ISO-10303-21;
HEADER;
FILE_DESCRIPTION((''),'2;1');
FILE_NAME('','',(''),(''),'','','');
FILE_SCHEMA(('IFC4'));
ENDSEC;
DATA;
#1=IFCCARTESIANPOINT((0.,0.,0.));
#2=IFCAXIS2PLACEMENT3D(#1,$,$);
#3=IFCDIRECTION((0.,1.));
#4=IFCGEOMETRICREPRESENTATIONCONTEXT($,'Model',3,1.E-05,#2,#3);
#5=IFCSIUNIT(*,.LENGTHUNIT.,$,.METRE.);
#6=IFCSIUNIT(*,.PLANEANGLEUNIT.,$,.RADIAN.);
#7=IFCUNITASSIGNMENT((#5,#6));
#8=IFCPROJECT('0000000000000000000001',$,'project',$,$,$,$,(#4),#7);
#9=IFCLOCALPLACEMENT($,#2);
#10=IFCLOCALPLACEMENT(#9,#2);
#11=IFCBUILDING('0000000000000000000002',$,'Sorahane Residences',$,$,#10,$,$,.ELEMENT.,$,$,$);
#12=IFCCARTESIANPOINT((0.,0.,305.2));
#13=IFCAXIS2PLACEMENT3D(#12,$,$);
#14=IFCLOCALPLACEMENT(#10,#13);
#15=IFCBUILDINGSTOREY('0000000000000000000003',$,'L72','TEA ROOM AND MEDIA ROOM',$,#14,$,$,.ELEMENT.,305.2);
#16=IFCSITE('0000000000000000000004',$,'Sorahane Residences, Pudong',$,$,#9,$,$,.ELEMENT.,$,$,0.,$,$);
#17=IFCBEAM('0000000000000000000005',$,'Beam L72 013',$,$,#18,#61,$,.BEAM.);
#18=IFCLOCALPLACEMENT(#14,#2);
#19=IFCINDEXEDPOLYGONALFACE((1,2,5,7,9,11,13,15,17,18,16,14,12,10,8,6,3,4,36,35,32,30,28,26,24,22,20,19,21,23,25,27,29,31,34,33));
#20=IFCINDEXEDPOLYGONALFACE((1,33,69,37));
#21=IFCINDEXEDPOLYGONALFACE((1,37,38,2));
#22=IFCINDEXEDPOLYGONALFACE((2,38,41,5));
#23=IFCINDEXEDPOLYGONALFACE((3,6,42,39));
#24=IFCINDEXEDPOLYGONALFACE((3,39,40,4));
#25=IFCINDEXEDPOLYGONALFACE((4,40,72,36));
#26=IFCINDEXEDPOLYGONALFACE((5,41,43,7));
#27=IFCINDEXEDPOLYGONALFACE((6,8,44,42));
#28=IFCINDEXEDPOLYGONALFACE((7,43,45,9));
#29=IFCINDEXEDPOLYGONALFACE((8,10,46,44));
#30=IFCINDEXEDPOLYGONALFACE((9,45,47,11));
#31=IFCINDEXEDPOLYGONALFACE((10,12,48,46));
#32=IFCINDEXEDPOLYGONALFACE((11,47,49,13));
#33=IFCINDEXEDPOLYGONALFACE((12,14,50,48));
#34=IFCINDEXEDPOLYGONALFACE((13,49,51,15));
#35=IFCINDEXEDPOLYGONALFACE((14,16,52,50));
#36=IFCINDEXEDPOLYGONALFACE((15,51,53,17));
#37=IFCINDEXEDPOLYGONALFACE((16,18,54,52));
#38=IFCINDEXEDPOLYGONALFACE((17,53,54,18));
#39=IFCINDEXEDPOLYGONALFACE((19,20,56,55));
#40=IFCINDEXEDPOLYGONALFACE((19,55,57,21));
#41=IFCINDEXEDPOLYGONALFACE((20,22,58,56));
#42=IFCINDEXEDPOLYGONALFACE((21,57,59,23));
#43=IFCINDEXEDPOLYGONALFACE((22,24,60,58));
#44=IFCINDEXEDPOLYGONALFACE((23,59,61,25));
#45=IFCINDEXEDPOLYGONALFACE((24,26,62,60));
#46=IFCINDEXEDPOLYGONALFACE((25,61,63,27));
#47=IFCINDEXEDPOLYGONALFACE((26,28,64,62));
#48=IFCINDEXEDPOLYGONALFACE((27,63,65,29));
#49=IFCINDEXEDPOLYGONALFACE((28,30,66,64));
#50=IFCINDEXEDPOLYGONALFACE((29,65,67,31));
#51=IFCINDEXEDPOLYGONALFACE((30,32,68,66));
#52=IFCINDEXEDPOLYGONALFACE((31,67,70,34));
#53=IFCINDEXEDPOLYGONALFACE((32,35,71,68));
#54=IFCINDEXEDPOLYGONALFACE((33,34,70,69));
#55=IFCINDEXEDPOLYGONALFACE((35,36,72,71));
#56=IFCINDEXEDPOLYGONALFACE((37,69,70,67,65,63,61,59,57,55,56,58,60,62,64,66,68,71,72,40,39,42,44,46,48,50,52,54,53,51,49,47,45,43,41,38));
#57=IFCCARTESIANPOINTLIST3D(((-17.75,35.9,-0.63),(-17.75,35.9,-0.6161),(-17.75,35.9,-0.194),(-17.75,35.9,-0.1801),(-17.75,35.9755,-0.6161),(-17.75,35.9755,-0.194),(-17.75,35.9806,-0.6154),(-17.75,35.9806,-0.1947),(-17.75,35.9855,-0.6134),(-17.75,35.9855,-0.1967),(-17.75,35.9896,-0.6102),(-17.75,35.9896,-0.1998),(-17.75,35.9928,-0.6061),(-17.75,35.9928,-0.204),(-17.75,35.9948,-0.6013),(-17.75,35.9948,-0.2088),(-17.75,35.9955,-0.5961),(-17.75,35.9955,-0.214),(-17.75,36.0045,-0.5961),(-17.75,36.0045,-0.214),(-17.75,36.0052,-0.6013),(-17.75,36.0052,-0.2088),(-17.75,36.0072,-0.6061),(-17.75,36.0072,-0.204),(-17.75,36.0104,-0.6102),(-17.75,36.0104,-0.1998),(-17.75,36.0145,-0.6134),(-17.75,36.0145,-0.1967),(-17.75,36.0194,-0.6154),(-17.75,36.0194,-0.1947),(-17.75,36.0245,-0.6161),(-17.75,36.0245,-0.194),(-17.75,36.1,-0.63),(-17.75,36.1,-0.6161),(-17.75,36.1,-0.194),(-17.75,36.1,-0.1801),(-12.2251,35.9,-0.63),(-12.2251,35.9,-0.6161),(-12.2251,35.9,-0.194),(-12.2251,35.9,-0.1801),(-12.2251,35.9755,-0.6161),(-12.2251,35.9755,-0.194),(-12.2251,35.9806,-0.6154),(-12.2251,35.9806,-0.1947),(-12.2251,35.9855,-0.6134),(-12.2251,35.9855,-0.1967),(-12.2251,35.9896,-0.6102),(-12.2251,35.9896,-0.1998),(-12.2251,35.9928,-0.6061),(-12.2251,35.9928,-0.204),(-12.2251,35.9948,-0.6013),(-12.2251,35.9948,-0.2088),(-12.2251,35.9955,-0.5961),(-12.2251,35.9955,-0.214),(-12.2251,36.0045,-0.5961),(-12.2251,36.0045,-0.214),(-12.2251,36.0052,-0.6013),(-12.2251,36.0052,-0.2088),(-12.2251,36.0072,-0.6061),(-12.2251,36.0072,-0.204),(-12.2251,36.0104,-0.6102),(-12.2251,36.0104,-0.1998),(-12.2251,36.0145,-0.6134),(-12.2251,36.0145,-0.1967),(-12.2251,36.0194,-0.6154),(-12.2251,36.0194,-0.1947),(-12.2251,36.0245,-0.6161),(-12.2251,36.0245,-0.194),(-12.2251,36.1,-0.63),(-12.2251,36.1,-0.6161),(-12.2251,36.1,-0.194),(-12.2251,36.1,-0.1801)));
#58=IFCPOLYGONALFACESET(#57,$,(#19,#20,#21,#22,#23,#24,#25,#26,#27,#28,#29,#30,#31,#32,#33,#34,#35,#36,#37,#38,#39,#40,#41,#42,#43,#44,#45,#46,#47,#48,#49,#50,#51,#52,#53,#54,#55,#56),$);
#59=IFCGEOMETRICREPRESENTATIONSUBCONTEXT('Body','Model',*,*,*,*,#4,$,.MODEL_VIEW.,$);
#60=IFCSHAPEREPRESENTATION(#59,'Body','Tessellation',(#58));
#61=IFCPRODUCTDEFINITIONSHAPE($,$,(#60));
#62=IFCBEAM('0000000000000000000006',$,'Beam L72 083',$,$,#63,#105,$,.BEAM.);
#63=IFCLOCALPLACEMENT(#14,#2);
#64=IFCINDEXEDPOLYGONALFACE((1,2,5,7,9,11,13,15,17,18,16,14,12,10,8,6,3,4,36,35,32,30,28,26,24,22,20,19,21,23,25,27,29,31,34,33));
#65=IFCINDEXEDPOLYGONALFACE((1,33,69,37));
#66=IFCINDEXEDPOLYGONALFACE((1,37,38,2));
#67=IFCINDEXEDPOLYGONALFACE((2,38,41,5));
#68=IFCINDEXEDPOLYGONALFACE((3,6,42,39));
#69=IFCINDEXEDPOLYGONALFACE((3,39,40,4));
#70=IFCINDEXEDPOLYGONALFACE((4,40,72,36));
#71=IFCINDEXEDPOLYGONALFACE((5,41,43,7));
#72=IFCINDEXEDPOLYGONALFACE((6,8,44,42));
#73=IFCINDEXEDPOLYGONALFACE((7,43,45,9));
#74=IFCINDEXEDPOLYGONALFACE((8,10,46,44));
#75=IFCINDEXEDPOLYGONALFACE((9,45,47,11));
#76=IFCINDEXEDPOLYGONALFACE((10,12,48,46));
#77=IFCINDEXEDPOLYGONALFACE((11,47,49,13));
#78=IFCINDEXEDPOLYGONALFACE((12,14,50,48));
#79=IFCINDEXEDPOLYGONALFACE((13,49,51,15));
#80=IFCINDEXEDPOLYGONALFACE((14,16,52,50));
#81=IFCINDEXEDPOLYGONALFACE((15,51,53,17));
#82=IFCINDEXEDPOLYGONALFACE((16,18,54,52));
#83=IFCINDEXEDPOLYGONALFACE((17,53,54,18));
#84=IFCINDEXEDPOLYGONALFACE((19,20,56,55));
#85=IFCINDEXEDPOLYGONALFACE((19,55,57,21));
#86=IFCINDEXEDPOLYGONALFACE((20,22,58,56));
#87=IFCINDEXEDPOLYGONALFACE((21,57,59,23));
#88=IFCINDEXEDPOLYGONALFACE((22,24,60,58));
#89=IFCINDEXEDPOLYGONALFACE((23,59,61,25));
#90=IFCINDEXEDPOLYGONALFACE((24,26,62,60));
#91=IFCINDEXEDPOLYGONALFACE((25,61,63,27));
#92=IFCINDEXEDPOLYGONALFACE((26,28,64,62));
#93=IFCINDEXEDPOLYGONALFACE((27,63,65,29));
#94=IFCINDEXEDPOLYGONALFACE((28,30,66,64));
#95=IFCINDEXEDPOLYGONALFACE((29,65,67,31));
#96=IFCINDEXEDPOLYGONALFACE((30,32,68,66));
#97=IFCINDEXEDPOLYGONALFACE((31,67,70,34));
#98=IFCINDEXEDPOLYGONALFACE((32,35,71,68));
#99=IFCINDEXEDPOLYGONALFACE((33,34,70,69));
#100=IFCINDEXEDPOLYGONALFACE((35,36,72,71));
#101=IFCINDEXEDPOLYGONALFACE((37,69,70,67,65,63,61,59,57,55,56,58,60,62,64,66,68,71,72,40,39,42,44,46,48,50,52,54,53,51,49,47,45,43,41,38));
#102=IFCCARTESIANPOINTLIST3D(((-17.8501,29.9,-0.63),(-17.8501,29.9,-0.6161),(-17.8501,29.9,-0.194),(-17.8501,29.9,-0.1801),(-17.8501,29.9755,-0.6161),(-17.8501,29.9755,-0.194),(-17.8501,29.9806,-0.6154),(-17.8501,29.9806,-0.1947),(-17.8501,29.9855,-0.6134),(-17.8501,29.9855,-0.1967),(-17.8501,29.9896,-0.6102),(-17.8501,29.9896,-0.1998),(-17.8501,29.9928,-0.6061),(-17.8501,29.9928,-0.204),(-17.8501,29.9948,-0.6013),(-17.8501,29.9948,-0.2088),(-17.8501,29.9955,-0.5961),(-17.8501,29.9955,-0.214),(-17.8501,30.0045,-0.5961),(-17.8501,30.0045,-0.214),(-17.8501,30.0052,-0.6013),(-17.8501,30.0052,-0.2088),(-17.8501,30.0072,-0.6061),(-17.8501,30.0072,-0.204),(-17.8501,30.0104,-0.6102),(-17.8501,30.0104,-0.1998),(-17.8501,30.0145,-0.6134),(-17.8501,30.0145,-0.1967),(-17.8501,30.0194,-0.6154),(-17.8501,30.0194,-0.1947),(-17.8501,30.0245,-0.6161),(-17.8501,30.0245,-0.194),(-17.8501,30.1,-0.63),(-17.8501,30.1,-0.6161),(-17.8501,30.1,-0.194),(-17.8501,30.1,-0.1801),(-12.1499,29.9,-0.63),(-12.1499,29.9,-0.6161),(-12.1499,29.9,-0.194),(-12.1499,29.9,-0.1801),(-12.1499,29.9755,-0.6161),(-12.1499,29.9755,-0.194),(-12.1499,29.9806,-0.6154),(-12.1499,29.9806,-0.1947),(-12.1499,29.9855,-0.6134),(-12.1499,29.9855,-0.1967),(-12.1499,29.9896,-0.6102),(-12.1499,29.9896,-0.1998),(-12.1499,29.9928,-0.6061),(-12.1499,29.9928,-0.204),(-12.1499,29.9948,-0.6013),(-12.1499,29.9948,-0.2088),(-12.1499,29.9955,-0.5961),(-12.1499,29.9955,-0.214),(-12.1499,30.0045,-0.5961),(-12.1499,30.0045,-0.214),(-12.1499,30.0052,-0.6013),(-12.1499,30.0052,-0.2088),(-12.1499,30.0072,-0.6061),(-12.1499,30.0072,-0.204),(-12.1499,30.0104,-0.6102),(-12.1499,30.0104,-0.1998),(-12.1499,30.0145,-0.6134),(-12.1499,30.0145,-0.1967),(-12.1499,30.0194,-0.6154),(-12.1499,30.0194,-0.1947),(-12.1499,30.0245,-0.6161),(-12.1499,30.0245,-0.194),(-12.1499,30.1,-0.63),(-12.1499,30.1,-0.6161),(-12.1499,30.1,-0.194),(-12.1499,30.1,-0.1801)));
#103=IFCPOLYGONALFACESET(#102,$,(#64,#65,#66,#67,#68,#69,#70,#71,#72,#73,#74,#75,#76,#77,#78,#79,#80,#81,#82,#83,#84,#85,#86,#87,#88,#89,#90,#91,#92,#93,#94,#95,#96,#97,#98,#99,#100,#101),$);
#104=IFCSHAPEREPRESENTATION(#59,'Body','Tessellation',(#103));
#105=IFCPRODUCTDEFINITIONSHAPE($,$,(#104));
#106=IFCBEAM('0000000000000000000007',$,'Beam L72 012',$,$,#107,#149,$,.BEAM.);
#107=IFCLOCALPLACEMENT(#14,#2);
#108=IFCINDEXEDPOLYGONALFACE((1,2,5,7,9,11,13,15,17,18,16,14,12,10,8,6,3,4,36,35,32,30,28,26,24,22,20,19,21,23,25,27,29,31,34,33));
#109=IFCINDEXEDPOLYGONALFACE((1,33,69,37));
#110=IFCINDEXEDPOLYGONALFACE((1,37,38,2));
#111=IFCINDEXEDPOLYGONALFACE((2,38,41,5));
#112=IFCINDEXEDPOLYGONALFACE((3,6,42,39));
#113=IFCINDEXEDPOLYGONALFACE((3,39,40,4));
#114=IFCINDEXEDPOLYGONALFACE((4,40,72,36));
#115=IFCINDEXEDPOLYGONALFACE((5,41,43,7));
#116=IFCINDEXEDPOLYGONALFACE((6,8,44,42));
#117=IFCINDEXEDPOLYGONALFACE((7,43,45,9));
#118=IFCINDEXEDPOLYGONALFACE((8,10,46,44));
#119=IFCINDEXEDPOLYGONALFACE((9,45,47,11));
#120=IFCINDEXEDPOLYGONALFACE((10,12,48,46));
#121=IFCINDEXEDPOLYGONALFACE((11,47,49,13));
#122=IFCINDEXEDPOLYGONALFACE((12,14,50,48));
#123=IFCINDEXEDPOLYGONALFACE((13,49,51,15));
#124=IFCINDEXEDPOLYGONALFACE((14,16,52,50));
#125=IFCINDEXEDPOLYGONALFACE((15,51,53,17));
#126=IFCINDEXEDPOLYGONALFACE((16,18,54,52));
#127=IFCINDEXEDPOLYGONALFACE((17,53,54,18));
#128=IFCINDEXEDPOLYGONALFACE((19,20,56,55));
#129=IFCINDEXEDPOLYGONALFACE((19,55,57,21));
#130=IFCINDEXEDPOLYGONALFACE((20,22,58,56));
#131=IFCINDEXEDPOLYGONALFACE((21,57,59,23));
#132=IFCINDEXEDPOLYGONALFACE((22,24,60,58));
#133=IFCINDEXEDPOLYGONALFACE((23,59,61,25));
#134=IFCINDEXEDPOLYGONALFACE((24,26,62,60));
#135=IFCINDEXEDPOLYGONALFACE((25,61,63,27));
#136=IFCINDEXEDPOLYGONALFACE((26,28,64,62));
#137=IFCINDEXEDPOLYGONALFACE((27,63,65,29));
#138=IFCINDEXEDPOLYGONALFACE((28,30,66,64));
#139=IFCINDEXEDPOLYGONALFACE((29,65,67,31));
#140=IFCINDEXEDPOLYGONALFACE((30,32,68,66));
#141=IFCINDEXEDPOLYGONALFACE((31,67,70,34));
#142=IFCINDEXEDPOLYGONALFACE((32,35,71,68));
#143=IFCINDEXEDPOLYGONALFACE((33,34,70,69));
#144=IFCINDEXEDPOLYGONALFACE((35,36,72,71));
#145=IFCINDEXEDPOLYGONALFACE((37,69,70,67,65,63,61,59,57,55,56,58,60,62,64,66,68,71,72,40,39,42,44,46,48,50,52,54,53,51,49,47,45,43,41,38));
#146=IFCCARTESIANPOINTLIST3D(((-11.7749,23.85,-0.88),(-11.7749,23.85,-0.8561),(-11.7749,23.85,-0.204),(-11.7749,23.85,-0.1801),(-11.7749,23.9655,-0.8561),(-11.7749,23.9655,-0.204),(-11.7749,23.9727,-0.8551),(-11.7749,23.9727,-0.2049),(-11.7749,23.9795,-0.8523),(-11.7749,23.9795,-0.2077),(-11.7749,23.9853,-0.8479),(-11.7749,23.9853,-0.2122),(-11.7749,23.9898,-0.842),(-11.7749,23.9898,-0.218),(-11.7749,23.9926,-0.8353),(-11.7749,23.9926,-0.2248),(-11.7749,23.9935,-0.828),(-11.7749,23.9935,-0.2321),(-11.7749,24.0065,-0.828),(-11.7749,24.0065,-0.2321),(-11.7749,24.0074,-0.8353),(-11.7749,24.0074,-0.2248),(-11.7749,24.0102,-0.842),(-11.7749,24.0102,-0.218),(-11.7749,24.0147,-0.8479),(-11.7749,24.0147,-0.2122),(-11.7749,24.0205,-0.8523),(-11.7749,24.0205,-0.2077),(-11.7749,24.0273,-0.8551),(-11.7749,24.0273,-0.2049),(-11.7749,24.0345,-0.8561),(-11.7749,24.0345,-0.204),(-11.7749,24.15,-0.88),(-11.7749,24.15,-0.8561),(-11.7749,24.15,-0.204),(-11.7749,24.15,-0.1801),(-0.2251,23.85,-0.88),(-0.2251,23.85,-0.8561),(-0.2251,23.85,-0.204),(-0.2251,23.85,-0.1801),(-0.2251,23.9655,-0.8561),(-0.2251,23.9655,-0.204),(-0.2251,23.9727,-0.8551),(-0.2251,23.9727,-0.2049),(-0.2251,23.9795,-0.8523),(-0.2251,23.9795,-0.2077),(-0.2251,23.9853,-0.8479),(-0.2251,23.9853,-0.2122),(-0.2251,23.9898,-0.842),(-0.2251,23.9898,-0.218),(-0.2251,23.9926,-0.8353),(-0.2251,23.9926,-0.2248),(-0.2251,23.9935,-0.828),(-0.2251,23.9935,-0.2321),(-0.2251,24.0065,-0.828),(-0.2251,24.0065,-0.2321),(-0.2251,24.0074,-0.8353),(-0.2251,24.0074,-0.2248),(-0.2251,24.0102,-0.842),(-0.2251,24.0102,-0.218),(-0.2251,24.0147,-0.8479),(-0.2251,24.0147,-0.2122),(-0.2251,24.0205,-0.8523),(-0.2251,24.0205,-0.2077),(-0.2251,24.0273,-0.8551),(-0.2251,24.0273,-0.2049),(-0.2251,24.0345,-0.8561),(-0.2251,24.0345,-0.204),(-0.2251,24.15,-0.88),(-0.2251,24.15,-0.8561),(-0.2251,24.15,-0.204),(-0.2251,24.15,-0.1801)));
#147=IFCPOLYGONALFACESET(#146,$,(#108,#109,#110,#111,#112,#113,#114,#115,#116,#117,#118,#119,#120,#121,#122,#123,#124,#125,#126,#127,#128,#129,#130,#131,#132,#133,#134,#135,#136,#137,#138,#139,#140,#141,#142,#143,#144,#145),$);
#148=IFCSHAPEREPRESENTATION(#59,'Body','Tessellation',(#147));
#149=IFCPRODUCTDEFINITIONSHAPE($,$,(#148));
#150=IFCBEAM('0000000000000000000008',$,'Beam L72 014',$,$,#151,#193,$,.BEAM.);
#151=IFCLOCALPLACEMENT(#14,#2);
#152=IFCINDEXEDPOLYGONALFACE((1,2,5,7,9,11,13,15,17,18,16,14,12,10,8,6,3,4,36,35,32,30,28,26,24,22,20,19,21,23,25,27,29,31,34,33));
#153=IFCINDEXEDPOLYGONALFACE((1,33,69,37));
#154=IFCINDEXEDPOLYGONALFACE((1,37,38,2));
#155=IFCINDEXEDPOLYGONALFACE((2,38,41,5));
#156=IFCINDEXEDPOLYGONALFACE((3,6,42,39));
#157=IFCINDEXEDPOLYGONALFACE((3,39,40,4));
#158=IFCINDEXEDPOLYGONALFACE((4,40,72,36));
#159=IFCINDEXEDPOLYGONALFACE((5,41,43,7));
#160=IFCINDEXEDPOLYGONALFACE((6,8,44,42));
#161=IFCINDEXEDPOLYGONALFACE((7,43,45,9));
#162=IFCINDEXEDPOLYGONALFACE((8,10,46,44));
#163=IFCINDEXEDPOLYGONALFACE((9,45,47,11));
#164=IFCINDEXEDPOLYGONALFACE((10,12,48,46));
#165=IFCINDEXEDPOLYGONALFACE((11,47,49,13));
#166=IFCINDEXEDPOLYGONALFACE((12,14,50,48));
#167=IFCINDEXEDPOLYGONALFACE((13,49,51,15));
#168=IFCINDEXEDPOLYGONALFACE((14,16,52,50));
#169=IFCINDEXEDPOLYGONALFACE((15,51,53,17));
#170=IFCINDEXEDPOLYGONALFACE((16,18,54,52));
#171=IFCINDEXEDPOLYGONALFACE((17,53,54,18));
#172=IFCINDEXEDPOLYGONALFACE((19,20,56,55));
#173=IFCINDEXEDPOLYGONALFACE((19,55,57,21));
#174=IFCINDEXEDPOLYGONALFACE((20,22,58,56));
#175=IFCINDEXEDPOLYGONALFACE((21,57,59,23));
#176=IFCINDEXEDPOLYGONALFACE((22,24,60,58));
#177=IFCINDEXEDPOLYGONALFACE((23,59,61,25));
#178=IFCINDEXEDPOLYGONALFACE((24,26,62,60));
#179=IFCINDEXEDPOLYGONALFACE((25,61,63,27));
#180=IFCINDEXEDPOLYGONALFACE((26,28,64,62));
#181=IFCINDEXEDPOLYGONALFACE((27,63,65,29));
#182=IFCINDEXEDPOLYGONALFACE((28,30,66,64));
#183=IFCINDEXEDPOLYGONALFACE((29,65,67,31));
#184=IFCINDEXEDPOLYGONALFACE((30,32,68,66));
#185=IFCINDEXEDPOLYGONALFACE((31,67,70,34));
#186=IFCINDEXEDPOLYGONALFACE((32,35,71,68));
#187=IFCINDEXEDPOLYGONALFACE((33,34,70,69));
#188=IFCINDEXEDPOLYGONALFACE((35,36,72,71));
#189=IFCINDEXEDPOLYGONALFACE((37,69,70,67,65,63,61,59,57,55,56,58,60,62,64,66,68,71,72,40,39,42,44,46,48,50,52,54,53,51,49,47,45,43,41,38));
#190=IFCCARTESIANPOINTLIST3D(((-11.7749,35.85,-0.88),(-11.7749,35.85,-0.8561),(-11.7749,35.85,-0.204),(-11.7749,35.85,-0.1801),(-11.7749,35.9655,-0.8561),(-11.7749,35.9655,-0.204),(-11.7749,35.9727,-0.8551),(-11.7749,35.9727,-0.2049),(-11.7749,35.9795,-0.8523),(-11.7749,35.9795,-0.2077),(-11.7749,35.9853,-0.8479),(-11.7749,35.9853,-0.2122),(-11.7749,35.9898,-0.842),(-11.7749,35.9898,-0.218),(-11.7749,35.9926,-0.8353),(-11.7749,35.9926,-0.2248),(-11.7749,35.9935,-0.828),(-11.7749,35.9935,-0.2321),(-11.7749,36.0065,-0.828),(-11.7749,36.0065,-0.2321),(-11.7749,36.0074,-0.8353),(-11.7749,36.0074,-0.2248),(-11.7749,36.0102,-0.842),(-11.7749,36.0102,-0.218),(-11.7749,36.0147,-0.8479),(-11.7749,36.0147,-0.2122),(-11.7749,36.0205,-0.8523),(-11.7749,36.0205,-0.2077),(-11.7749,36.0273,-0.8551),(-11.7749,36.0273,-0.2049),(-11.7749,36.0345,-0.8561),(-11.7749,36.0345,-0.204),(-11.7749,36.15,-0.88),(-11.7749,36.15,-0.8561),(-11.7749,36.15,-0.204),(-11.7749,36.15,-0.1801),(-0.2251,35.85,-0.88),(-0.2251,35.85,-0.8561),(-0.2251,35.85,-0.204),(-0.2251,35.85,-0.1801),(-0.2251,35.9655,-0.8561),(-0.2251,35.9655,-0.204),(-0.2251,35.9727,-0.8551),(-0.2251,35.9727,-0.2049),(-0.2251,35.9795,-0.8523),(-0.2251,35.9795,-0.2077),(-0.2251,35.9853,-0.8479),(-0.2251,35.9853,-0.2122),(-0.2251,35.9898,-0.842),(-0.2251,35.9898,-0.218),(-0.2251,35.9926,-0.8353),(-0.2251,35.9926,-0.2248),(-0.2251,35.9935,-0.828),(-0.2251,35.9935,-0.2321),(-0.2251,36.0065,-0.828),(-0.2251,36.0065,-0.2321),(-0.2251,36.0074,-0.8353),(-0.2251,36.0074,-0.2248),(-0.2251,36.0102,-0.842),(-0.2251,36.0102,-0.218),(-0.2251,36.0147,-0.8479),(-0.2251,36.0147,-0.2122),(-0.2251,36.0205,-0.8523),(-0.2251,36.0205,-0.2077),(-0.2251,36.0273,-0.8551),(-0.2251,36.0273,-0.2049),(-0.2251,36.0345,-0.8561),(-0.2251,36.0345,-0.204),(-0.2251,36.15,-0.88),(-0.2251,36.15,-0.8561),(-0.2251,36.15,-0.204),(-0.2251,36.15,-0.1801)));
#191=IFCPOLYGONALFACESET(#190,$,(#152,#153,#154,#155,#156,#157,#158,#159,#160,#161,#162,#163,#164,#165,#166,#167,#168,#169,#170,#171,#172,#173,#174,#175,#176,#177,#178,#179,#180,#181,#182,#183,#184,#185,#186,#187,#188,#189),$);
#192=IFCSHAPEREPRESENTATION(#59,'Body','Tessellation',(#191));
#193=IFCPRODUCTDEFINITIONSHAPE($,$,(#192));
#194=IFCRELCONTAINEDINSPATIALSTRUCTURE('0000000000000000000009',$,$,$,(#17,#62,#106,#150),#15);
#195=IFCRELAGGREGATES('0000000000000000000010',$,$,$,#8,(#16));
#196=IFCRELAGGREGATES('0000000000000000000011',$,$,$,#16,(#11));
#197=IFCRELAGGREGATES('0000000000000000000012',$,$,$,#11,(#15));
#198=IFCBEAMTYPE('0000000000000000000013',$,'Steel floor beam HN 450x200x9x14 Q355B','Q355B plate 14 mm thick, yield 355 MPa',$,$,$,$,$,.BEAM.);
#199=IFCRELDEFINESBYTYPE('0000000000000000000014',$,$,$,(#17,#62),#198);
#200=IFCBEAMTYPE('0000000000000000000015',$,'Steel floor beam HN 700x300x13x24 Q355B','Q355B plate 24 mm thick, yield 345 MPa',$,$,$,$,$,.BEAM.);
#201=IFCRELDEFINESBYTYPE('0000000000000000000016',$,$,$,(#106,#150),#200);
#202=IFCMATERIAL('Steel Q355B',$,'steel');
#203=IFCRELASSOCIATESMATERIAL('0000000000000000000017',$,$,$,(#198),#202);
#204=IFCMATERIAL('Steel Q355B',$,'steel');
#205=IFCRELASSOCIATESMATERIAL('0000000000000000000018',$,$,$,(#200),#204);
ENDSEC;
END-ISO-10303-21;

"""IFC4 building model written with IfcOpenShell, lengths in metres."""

from ifc_helpers import new_model, si_unit, direction, frame, origin, origin_2d, place, context, subcontext, project, spatial, i_section, extrude, material, material_profile, profile_set, type_object, element, save


model = new_model("IFC4")

# Units and contexts
model_context = context("Model", 3, precision=1e-05, world=origin(), true_north=direction((0.0, 1.0)))
body_context = subcontext(model_context, "Body", "Model", "MODEL_VIEW")
ifc_project = project(units=[si_unit("LENGTHUNIT", "METRE"), si_unit("PLANEANGLEUNIT", "RADIAN")], contexts=[model_context])

# Site, building, storey
site_placement = place(None, origin())
site = spatial("IfcSite", under=ifc_project, at=site_placement, Name="Sorahane Residences, Pudong", CompositionType="ELEMENT", RefElevation=0.0)
building_placement = place(site_placement, origin())
building = spatial("IfcBuilding", under=site, at=building_placement, Name="Sorahane Residences", CompositionType="ELEMENT")
storey_placement = place(building_placement, frame((0.0, 0.0, 305.2)))
storey = spatial("IfcBuildingStorey", under=building, at=storey_placement, Name="L72", Description="TEA ROOM AND MEDIA ROOM", CompositionType="ELEMENT", Elevation=305.2)

# Beams
ifc_material_1 = material(Name="Steel Q355B", Category="steel")
ifc_material_profile_1 = material_profile(ifc_material_1, i_section(OverallWidth=0.2, OverallDepth=0.45, WebThickness=0.009, FlangeThickness=0.0139, FilletRadius=0.02, at=origin_2d()), Name="HN 450x200x9x14")
ifc_profile_set_1 = profile_set([ifc_material_profile_1], Name="Steel Q355B")
beam_type_1 = type_object("IfcBeamType", Name="Steel floor beam HN 450x200x9x14 Q355B", Description="Q355B plate 14 mm thick, yield 355 MPa", PredefinedType="BEAM", material=ifc_profile_set_1)
for number, where, z_axis, x_axis, name in (
    (1, (-17.75, 36.0, -0.405), (1.0, 0.0, 0.0), (0.0, 1.0, 0.0), "Beam L72 013"),
):
    element("IfcBeam", number, at=place(storey_placement, frame(where, z_axis=z_axis, x_axis=x_axis)), inside=storey, type_object=beam_type_1, Name=name, PredefinedType="BEAM", context=body_context, shape_type="SweptSolid", body=[
        extrude(i_section(OverallWidth=0.2, OverallDepth=0.45, WebThickness=0.009, FlangeThickness=0.0139, FilletRadius=0.02, at=origin_2d()), origin(), (0.0, 0.0, 1.0), 5.5249),
    ])
beam_1_placement = place(storey_placement, frame((-17.8501, 30.0, -0.405), z_axis=(1.0, 0.0, 0.0), x_axis=(0.0, 1.0, 0.0)))
element("IfcBeam", 2, at=beam_1_placement, inside=storey, type_object=beam_type_1, Name="Beam L72 083", PredefinedType="BEAM", context=body_context, shape_type="SweptSolid", body=[
    extrude(i_section(OverallWidth=0.2, OverallDepth=0.45, WebThickness=0.009, FlangeThickness=0.0139, FilletRadius=0.02, at=origin_2d()), origin(), (0.0, 0.0, 1.0), 5.7002),
])
ifc_material_2 = material(Name="Steel Q355B", Category="steel")
ifc_material_profile_2 = material_profile(ifc_material_2, i_section(OverallWidth=0.3, OverallDepth=0.7, WebThickness=0.0129, FlangeThickness=0.0239, FilletRadius=0.0281, at=origin_2d()), Name="HN 700x300x13x24")
ifc_profile_set_2 = profile_set([ifc_material_profile_2], Name="Steel Q355B")
beam_type_2 = type_object("IfcBeamType", Name="Steel floor beam HN 700x300x13x24 Q355B", Description="Q355B plate 24 mm thick, yield 345 MPa", PredefinedType="BEAM", material=ifc_profile_set_2)
for number, where, z_axis, x_axis, name in (
    (3, (-11.7749, 24.0, -0.53), (1.0, 0.0, 0.0), (0.0, 1.0, 0.0), "Beam L72 012"),
    (4, (-11.7749, 36.0, -0.53), (1.0, 0.0, 0.0), (0.0, 1.0, 0.0), "Beam L72 014"),
):
    element("IfcBeam", number, at=place(storey_placement, frame(where, z_axis=z_axis, x_axis=x_axis)), inside=storey, type_object=beam_type_2, Name=name, PredefinedType="BEAM", context=body_context, shape_type="SweptSolid", body=[
        extrude(i_section(OverallWidth=0.3, OverallDepth=0.7, WebThickness=0.0129, FlangeThickness=0.0239, FilletRadius=0.0281, at=origin_2d()), origin(), (0.0, 0.0, 1.0), 11.5498),
    ])

save(model, "model.ifc")
